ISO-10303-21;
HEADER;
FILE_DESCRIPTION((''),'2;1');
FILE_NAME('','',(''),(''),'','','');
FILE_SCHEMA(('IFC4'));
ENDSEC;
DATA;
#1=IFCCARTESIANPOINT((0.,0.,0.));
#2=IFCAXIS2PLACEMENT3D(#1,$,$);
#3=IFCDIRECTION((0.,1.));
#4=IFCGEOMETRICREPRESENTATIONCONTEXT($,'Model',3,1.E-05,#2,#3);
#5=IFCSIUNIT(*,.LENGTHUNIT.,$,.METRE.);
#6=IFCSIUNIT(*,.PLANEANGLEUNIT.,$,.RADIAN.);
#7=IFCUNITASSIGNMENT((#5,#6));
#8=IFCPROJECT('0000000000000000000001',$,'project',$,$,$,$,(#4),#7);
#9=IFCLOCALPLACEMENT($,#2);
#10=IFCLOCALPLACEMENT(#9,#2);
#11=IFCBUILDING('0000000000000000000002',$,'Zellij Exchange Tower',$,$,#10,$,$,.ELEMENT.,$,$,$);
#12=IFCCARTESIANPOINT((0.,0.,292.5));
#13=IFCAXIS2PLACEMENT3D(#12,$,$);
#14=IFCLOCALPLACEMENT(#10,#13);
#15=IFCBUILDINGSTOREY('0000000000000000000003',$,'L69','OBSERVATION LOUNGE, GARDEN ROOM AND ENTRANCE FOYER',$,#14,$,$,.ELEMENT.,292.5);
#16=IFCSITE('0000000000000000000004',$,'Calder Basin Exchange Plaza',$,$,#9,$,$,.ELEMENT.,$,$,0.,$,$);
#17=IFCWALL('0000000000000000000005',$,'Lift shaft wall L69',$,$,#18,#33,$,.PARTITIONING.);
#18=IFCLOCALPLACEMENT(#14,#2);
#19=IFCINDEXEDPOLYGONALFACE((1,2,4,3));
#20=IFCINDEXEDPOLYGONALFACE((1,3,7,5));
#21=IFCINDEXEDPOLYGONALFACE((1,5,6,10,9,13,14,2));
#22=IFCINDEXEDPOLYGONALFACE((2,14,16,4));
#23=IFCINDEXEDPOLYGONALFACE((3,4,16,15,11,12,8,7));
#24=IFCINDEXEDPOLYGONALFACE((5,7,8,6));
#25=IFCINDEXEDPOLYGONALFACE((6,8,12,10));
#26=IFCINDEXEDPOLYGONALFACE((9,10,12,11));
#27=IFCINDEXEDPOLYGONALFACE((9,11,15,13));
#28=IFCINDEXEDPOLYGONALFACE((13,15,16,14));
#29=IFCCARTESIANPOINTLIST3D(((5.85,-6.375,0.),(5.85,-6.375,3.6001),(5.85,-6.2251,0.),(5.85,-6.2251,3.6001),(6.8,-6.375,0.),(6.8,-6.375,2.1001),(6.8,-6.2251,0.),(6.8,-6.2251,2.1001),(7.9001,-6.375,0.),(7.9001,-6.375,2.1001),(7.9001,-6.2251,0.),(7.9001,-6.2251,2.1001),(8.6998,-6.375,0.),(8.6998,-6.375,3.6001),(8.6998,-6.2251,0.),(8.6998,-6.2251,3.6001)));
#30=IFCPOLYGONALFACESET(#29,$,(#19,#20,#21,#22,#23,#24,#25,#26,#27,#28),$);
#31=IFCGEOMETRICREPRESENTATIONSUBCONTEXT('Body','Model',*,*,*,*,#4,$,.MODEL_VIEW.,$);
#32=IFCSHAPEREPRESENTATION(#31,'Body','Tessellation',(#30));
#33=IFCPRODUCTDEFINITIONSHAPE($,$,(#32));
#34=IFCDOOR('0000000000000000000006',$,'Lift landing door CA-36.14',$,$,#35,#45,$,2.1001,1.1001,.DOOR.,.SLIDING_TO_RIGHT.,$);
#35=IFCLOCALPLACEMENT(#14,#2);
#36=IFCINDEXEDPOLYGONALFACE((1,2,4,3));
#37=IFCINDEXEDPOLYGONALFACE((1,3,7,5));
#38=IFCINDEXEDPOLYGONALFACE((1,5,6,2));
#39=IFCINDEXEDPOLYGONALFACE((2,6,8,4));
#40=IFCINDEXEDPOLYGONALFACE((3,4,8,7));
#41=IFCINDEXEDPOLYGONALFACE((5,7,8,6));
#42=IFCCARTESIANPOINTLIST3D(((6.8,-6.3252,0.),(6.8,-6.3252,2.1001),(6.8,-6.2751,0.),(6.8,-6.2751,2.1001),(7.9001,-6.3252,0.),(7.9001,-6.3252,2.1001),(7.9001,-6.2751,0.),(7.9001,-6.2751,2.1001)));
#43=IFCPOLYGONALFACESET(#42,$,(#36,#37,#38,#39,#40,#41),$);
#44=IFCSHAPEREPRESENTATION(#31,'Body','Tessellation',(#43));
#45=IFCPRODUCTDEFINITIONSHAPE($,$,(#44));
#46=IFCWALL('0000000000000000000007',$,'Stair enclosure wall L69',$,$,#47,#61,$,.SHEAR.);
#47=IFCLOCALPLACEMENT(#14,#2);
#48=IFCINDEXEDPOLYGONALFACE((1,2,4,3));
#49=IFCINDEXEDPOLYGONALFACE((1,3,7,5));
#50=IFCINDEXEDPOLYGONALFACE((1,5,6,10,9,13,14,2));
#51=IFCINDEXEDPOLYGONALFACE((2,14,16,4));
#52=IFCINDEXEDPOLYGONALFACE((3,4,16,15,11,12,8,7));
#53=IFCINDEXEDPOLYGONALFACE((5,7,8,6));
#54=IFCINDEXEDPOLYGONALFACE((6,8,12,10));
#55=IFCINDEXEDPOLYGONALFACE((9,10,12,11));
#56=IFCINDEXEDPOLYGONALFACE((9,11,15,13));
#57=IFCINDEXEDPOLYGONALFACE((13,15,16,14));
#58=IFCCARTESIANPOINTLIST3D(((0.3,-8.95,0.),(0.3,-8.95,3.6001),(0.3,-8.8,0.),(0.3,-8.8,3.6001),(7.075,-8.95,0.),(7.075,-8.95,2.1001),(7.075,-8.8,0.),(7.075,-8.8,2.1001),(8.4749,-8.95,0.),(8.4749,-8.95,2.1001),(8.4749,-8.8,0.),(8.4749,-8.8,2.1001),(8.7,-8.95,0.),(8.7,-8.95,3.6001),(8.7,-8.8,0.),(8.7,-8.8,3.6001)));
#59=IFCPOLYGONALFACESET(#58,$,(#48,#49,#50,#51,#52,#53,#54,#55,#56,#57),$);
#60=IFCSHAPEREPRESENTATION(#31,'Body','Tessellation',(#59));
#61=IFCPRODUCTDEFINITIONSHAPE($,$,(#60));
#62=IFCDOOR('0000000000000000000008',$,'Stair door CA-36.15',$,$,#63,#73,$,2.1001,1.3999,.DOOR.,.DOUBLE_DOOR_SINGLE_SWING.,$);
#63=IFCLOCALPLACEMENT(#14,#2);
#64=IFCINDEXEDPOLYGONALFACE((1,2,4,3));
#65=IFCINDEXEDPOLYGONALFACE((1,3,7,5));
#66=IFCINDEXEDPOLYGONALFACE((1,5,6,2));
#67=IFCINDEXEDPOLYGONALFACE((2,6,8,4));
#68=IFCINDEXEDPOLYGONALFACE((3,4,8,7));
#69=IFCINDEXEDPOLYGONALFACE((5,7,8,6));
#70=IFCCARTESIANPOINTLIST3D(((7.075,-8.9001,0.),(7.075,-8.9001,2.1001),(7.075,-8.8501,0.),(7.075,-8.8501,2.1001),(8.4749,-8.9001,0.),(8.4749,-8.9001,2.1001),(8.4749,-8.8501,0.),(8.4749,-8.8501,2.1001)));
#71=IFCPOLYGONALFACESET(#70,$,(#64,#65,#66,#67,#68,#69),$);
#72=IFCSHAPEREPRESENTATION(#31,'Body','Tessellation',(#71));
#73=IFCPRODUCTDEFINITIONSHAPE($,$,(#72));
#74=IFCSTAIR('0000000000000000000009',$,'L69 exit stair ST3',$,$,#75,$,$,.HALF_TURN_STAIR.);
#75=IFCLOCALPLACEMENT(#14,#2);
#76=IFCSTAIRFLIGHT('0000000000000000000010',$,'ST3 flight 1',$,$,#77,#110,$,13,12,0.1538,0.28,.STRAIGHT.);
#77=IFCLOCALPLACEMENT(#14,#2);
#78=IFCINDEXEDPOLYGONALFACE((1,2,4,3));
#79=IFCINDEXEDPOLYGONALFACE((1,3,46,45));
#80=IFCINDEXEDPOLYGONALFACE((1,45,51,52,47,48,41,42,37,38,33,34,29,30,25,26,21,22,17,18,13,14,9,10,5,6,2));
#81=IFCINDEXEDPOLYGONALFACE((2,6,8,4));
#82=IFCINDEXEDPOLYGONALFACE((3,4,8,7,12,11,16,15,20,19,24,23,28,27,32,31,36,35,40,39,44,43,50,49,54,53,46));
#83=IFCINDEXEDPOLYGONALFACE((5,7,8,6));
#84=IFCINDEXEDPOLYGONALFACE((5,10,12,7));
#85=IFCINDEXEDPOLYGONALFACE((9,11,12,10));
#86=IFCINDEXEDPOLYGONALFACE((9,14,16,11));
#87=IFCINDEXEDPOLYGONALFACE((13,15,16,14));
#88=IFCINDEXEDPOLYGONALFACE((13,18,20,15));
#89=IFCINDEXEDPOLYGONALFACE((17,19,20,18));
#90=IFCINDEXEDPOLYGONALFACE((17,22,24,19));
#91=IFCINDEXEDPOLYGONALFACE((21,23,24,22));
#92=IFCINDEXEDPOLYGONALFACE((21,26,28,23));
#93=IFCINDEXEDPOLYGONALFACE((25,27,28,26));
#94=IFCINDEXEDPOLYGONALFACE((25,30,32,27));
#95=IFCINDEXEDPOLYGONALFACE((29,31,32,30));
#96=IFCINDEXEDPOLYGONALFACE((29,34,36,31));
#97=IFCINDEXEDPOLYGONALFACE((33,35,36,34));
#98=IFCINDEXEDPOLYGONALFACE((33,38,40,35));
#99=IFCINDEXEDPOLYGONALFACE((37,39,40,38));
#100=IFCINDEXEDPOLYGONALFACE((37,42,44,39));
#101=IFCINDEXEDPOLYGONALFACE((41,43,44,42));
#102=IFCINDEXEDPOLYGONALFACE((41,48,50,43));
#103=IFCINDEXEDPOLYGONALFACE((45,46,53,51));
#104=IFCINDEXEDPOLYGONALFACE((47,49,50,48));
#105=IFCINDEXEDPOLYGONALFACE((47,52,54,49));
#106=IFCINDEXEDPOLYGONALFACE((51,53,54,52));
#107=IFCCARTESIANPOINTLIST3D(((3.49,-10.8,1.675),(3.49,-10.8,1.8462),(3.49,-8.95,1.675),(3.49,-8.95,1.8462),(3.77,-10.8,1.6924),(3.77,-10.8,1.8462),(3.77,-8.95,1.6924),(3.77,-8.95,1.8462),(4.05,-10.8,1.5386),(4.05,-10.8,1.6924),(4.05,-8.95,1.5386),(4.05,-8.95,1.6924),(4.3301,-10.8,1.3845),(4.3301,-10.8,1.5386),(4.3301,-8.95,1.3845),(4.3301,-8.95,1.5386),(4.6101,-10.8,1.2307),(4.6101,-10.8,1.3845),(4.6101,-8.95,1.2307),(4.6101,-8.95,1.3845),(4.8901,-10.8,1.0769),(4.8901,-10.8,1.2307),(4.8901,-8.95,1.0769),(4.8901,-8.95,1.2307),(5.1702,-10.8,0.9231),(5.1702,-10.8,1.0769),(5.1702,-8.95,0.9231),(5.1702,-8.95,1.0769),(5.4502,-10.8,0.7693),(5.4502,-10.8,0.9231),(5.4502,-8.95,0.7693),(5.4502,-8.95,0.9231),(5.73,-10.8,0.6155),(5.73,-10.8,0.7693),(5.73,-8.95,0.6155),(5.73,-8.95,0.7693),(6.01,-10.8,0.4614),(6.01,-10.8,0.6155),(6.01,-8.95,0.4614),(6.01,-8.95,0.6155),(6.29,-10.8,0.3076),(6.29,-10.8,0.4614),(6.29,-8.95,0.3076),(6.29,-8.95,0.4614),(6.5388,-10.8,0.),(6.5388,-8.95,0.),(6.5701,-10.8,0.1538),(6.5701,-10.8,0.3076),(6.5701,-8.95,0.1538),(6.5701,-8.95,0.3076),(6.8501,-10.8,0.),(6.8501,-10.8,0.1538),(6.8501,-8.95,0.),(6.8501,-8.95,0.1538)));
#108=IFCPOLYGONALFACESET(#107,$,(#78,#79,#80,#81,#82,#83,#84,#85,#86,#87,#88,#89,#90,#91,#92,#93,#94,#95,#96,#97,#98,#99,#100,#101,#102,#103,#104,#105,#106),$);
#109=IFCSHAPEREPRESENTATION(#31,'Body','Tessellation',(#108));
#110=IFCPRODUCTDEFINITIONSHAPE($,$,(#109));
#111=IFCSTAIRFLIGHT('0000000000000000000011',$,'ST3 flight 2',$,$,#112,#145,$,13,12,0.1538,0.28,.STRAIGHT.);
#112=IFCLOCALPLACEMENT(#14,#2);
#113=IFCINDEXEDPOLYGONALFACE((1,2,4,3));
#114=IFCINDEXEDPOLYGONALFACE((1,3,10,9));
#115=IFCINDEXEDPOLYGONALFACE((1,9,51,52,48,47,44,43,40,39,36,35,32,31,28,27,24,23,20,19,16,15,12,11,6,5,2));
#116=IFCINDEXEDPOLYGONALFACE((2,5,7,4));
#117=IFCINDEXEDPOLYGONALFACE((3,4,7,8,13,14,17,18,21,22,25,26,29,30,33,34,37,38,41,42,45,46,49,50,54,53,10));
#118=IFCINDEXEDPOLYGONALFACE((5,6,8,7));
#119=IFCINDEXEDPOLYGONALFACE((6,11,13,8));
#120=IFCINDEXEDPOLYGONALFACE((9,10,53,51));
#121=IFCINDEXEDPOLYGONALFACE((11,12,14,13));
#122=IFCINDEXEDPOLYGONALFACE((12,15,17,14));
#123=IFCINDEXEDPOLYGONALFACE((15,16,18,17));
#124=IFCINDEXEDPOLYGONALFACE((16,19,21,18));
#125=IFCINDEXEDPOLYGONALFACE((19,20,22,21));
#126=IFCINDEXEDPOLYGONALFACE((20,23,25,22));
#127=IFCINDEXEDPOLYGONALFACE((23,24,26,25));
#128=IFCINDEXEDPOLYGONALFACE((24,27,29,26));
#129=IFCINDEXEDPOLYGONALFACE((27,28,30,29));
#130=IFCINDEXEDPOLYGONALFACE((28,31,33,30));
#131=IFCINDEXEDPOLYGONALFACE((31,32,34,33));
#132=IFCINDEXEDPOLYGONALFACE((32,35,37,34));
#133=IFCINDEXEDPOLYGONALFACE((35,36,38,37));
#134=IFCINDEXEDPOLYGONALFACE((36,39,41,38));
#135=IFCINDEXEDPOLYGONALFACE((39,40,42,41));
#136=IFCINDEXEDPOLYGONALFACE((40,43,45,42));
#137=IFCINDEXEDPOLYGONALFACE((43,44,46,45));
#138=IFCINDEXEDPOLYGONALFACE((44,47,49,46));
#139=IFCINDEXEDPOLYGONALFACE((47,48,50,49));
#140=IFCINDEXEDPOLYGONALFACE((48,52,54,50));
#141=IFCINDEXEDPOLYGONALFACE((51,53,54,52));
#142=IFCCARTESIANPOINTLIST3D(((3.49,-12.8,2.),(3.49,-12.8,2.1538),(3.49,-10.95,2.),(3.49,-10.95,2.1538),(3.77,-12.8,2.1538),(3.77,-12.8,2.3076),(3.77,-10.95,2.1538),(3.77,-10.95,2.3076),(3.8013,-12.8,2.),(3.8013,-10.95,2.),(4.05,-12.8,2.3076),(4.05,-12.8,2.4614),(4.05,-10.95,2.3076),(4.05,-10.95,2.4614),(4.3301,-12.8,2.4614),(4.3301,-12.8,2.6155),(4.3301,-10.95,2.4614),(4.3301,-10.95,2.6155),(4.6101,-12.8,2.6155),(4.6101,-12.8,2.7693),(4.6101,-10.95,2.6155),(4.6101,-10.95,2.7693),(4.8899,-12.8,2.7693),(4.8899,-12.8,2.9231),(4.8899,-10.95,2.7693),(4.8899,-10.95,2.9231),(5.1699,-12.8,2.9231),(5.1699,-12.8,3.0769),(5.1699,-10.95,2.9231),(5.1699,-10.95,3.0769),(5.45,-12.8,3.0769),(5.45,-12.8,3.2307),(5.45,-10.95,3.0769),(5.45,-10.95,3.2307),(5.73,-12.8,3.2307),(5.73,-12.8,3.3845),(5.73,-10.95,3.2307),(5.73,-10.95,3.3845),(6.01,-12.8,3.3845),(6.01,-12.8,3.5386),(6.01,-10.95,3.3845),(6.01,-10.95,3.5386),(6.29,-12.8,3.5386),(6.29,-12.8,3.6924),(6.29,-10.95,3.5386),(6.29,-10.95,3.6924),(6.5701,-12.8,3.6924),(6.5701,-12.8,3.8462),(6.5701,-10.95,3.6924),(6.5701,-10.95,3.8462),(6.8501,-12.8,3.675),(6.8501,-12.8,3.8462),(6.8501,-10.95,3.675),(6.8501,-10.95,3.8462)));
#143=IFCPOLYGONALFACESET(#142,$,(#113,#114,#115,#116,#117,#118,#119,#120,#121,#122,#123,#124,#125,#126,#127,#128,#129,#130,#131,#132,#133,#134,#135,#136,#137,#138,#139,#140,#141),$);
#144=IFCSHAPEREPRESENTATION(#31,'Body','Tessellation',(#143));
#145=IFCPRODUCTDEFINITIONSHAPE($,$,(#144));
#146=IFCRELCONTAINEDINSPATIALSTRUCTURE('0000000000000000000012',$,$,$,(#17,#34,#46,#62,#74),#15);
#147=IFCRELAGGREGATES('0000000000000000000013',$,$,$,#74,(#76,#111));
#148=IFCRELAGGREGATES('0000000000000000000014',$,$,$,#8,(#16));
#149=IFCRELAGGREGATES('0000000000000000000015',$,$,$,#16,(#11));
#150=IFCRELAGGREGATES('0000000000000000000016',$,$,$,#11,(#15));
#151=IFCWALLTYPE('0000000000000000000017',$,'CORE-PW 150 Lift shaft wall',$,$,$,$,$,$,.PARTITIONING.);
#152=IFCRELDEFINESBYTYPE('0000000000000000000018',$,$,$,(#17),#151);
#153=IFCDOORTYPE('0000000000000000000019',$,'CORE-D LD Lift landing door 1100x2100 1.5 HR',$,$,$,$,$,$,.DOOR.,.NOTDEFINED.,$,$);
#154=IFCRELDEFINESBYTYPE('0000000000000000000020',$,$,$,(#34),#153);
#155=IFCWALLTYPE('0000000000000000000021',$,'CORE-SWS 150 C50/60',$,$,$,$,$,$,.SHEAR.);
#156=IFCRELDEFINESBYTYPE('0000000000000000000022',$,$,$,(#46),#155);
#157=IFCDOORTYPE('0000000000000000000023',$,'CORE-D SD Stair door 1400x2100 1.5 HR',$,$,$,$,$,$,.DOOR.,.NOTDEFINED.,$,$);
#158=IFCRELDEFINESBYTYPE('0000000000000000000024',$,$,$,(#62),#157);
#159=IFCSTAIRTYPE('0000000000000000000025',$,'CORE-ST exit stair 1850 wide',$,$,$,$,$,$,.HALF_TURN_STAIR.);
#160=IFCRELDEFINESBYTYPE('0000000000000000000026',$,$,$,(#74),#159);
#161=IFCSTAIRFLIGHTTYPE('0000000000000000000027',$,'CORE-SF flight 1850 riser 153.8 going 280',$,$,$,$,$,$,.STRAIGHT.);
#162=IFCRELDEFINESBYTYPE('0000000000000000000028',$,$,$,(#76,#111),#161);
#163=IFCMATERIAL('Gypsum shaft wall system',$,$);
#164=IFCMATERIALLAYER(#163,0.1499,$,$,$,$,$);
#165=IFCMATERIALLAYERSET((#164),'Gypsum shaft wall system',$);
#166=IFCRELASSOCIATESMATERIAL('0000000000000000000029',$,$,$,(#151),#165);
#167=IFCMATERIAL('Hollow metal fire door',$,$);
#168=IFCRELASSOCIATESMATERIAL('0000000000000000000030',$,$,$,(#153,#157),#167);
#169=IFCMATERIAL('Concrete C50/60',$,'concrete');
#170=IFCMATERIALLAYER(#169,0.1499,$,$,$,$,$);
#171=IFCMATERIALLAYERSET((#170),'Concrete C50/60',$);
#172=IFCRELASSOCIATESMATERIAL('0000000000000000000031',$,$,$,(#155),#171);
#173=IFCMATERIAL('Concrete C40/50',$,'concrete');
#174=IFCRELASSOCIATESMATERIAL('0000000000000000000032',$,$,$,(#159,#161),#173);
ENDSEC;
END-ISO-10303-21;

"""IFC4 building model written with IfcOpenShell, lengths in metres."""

from ifc_helpers import new_model, si_unit, direction, frame, frame_2d, origin, place, context, subcontext, project, spatial, polyline, rectangle, outline, extrude, material, layer, layer_set, type_object, element, fill, aggregate, save


model = new_model("IFC4")

# Units and contexts
model_context = context("Model", 3, precision=1e-05, world=origin(), true_north=direction((0.0, 1.0)))
body_context = subcontext(model_context, "Body", "Model", "MODEL_VIEW")
ifc_project = project(units=[si_unit("LENGTHUNIT", "METRE"), si_unit("PLANEANGLEUNIT", "RADIAN")], contexts=[model_context])

# Site, building, storey
site_placement = place(None, origin())
site = spatial("IfcSite", under=ifc_project, at=site_placement, Name="Calder Basin Exchange Plaza", CompositionType="ELEMENT", RefElevation=0.0)
building_placement = place(site_placement, origin())
building = spatial("IfcBuilding", under=site, at=building_placement, Name="Zellij Exchange Tower", CompositionType="ELEMENT")
storey_placement = place(building_placement, frame((0.0, 0.0, 292.5)))
storey = spatial("IfcBuildingStorey", under=building, at=storey_placement, Name="L69", Description="OBSERVATION LOUNGE, GARDEN ROOM AND ENTRANCE FOYER", CompositionType="ELEMENT", Elevation=292.5)

# Shared definitions
ifc_material_1 = material(Name="Concrete C50/60", Category="concrete")

# Shared definitions
ifc_material_2 = material(Name="Gypsum shaft wall system")
ifc_material_3 = material(Name="Hollow metal fire door")

# Shared definitions
ifc_layer_1 = layer(ifc_material_2, 0.1499)
ifc_layer_set_1 = layer_set([ifc_layer_1], Name="Gypsum shaft wall system")
wall_type_1 = type_object("IfcWallType", Name="CORE-PW 150 Lift shaft wall", PredefinedType="PARTITIONING", material=ifc_layer_set_1)

# Walls, openings, doors
door_type_1 = type_object("IfcDoorType", Name="CORE-D LD Lift landing door 1100x2100 1.5 HR", OperationType="NOTDEFINED", PredefinedType="DOOR", material=ifc_material_3)
wall_1_placement = place(storey_placement, frame((5.8501, -6.3, 0.0), z_axis=(0.0, 0.0, 1.0), x_axis=(1.0, 0.0, 0.0)))
wall_1 = element("IfcWall", 1, at=wall_1_placement, inside=storey, type_object=wall_type_1, Name="Lift shaft wall L69", PredefinedType="PARTITIONING", context=body_context, shape_type="SweptSolid", body=[
    extrude(rectangle(XDim=2.8499, YDim=0.1499, at=frame_2d((1.4248, 0.0))), origin(), (0.0, 0.0, 1.0), 3.6001),
])
opening_1_placement = place(wall_1_placement, frame((0.95, 0.0, 0.0)))
opening_1 = element("IfcOpeningElement", 2, at=opening_1_placement, cuts=wall_1, PredefinedType="OPENING", context=body_context, shape_type="SweptSolid", body=[
    extrude(rectangle(XDim=1.1001, YDim=2.1001, at=frame_2d((0.55, 1.05))), frame((0.0, 0.0869, 0.0), z_axis=(0.0, -1.0, 0.0), x_axis=(1.0, 0.0, 0.0)), (0.0, 0.0, 1.0), 0.1738),
])
door_1_placement = place(opening_1_placement, origin())
door_1 = element("IfcDoor", 3, at=door_1_placement, inside=storey, type_object=door_type_1, Name="Lift landing door CA-36.14", OperationType="SLIDING_TO_RIGHT", OverallHeight=2.1001, OverallWidth=1.1001, PredefinedType="DOOR", context=body_context, shape_type="SweptSolid", body=[
    extrude(rectangle(XDim=1.1001, YDim=2.1001, at=frame_2d((0.55, 1.05))), frame((0.0, 0.0249, 0.0), z_axis=(0.0, -1.0, 0.0), x_axis=(1.0, 0.0, 0.0)), (0.0, 0.0, 1.0), 0.05),
])
fill(opening_1, door_1)
ifc_layer_2 = layer(ifc_material_1, 0.1499)
ifc_layer_set_2 = layer_set([ifc_layer_2], Name="Concrete C50/60")
wall_type_2 = type_object("IfcWallType", Name="CORE-SWS 150 C50/60", PredefinedType="SHEAR", material=ifc_layer_set_2)
wall_2_placement = place(storey_placement, frame((0.3, -8.875, 0.0), z_axis=(0.0, 0.0, 1.0), x_axis=(1.0, 0.0, 0.0)))
wall_2 = element("IfcWall", 4, at=wall_2_placement, inside=storey, type_object=wall_type_2, Name="Stair enclosure wall L69", PredefinedType="SHEAR", context=body_context, shape_type="SweptSolid", body=[
    extrude(rectangle(XDim=8.3999, YDim=0.1499, at=frame_2d((4.2, 0.0))), origin(), (0.0, 0.0, 1.0), 3.6001),
])
opening_2_placement = place(wall_2_placement, frame((6.7749, 0.0, 0.0)))
opening_2 = element("IfcOpeningElement", 5, at=opening_2_placement, cuts=wall_2, PredefinedType="OPENING", context=body_context, shape_type="SweptSolid", body=[
    extrude(rectangle(XDim=1.3999, YDim=2.1001, at=frame_2d((0.7, 1.05))), frame((0.0, 0.0869, 0.0), z_axis=(0.0, -1.0, 0.0), x_axis=(1.0, 0.0, 0.0)), (0.0, 0.0, 1.0), 0.1738),
])
door_type_2 = type_object("IfcDoorType", Name="CORE-D SD Stair door 1400x2100 1.5 HR", OperationType="NOTDEFINED", PredefinedType="DOOR", material=ifc_material_3)
door_2_placement = place(opening_2_placement, origin())
door_2 = element("IfcDoor", 6, at=door_2_placement, inside=storey, type_object=door_type_2, Name="Stair door CA-36.15", OperationType="DOUBLE_DOOR_SINGLE_SWING", OverallHeight=2.1001, OverallWidth=1.3999, PredefinedType="DOOR", context=body_context, shape_type="SweptSolid", body=[
    extrude(rectangle(XDim=1.3999, YDim=2.1001, at=frame_2d((0.7, 1.05))), frame((0.0, 0.0249, 0.0), z_axis=(0.0, -1.0, 0.0), x_axis=(1.0, 0.0, 0.0)), (0.0, 0.0, 1.0), 0.05),
])
fill(opening_2, door_2)

# Stair, stair flights
ifc_material_4 = material(Name="Concrete C40/50", Category="concrete")
stair_type = type_object("IfcStairType", Name="CORE-ST exit stair 1850 wide", PredefinedType="HALF_TURN_STAIR", material=ifc_material_4)
stair_placement = place(storey_placement, origin())
stair = element("IfcStair", 7, at=stair_placement, inside=storey, type_object=stair_type, Name="L69 exit stair ST3", PredefinedType="HALF_TURN_STAIR")
stair_flight_type = type_object("IfcStairFlightType", Name="CORE-SF flight 1850 riser 153.8 going 280", PredefinedType="STRAIGHT", material=ifc_material_4)
stair_flight_1_placement = place(storey_placement, frame((6.8501, -9.875, 0.0), z_axis=(0.0, 0.0, 1.0), x_axis=(-1.0, 0.0, 0.0)))
stair_flight_1 = element("IfcStairFlight", 8, at=stair_flight_1_placement, type_object=stair_flight_type, Name="ST3 flight 1", NumberOfRisers=13, NumberOfTreads=12, PredefinedType="STRAIGHT", RiserHeight=0.1538, TreadLength=0.28, context=body_context, shape_type="SweptSolid", body=[
    extrude(outline(polyline([(0.0, 0.0), (0.0, 0.1538), (0.28, 0.1538), (0.28, 0.3076), (0.5601, 0.3076), (0.5601, 0.4614), (0.8401, 0.4614), (0.8401, 0.6155), (1.1201, 0.6155), (1.1201, 0.7693), (1.3999, 0.7693), (1.3999, 0.9231), (1.6799, 0.9231), (1.6799, 1.0769), (1.96, 1.0769), (1.96, 1.2307), (2.24, 1.2307), (2.24, 1.3845), (2.52, 1.3845), (2.52, 1.5386), (2.8, 1.5386), (2.8, 1.6924), (3.0801, 1.6924), (3.0801, 1.8462), (3.3601, 1.8462), (3.3601, 2.0), (3.3601, 1.675), (0.3113, 0.0), (0.0, 0.0)])), frame((0.0, 0.925, 0.0), z_axis=(0.0, -1.0, 0.0), x_axis=(1.0, 0.0, 0.0)), (0.0, 0.0, 1.0), 1.8501),
])
stair_flight_2_placement = place(storey_placement, frame((3.49, -11.875, 2.0), z_axis=(0.0, 0.0, 1.0), x_axis=(1.0, 0.0, 0.0)))
stair_flight_2 = element("IfcStairFlight", 9, at=stair_flight_2_placement, type_object=stair_flight_type, Name="ST3 flight 2", NumberOfRisers=13, NumberOfTreads=12, PredefinedType="STRAIGHT", RiserHeight=0.1538, TreadLength=0.28, context=body_context, shape_type="SweptSolid", body=[
    extrude(outline(polyline([(0.0, 0.0), (0.0, 0.1538), (0.28, 0.1538), (0.28, 0.3076), (0.5601, 0.3076), (0.5601, 0.4614), (0.8401, 0.4614), (0.8401, 0.6155), (1.1201, 0.6155), (1.1201, 0.7693), (1.3999, 0.7693), (1.3999, 0.9231), (1.6799, 0.9231), (1.6799, 1.0769), (1.96, 1.0769), (1.96, 1.2307), (2.24, 1.2307), (2.24, 1.3845), (2.52, 1.3845), (2.52, 1.5386), (2.8, 1.5386), (2.8, 1.6924), (3.0801, 1.6924), (3.0801, 1.8462), (3.3601, 1.8462), (3.3601, 2.0), (3.3601, 1.675), (0.3113, 0.0), (0.0, 0.0)])), frame((0.0, 0.925, 0.0), z_axis=(0.0, -1.0, 0.0), x_axis=(1.0, 0.0, 0.0)), (0.0, 0.0, 1.0), 1.8501),
])
aggregate(stair, [stair_flight_1, stair_flight_2])

save(model, "model.ifc")
